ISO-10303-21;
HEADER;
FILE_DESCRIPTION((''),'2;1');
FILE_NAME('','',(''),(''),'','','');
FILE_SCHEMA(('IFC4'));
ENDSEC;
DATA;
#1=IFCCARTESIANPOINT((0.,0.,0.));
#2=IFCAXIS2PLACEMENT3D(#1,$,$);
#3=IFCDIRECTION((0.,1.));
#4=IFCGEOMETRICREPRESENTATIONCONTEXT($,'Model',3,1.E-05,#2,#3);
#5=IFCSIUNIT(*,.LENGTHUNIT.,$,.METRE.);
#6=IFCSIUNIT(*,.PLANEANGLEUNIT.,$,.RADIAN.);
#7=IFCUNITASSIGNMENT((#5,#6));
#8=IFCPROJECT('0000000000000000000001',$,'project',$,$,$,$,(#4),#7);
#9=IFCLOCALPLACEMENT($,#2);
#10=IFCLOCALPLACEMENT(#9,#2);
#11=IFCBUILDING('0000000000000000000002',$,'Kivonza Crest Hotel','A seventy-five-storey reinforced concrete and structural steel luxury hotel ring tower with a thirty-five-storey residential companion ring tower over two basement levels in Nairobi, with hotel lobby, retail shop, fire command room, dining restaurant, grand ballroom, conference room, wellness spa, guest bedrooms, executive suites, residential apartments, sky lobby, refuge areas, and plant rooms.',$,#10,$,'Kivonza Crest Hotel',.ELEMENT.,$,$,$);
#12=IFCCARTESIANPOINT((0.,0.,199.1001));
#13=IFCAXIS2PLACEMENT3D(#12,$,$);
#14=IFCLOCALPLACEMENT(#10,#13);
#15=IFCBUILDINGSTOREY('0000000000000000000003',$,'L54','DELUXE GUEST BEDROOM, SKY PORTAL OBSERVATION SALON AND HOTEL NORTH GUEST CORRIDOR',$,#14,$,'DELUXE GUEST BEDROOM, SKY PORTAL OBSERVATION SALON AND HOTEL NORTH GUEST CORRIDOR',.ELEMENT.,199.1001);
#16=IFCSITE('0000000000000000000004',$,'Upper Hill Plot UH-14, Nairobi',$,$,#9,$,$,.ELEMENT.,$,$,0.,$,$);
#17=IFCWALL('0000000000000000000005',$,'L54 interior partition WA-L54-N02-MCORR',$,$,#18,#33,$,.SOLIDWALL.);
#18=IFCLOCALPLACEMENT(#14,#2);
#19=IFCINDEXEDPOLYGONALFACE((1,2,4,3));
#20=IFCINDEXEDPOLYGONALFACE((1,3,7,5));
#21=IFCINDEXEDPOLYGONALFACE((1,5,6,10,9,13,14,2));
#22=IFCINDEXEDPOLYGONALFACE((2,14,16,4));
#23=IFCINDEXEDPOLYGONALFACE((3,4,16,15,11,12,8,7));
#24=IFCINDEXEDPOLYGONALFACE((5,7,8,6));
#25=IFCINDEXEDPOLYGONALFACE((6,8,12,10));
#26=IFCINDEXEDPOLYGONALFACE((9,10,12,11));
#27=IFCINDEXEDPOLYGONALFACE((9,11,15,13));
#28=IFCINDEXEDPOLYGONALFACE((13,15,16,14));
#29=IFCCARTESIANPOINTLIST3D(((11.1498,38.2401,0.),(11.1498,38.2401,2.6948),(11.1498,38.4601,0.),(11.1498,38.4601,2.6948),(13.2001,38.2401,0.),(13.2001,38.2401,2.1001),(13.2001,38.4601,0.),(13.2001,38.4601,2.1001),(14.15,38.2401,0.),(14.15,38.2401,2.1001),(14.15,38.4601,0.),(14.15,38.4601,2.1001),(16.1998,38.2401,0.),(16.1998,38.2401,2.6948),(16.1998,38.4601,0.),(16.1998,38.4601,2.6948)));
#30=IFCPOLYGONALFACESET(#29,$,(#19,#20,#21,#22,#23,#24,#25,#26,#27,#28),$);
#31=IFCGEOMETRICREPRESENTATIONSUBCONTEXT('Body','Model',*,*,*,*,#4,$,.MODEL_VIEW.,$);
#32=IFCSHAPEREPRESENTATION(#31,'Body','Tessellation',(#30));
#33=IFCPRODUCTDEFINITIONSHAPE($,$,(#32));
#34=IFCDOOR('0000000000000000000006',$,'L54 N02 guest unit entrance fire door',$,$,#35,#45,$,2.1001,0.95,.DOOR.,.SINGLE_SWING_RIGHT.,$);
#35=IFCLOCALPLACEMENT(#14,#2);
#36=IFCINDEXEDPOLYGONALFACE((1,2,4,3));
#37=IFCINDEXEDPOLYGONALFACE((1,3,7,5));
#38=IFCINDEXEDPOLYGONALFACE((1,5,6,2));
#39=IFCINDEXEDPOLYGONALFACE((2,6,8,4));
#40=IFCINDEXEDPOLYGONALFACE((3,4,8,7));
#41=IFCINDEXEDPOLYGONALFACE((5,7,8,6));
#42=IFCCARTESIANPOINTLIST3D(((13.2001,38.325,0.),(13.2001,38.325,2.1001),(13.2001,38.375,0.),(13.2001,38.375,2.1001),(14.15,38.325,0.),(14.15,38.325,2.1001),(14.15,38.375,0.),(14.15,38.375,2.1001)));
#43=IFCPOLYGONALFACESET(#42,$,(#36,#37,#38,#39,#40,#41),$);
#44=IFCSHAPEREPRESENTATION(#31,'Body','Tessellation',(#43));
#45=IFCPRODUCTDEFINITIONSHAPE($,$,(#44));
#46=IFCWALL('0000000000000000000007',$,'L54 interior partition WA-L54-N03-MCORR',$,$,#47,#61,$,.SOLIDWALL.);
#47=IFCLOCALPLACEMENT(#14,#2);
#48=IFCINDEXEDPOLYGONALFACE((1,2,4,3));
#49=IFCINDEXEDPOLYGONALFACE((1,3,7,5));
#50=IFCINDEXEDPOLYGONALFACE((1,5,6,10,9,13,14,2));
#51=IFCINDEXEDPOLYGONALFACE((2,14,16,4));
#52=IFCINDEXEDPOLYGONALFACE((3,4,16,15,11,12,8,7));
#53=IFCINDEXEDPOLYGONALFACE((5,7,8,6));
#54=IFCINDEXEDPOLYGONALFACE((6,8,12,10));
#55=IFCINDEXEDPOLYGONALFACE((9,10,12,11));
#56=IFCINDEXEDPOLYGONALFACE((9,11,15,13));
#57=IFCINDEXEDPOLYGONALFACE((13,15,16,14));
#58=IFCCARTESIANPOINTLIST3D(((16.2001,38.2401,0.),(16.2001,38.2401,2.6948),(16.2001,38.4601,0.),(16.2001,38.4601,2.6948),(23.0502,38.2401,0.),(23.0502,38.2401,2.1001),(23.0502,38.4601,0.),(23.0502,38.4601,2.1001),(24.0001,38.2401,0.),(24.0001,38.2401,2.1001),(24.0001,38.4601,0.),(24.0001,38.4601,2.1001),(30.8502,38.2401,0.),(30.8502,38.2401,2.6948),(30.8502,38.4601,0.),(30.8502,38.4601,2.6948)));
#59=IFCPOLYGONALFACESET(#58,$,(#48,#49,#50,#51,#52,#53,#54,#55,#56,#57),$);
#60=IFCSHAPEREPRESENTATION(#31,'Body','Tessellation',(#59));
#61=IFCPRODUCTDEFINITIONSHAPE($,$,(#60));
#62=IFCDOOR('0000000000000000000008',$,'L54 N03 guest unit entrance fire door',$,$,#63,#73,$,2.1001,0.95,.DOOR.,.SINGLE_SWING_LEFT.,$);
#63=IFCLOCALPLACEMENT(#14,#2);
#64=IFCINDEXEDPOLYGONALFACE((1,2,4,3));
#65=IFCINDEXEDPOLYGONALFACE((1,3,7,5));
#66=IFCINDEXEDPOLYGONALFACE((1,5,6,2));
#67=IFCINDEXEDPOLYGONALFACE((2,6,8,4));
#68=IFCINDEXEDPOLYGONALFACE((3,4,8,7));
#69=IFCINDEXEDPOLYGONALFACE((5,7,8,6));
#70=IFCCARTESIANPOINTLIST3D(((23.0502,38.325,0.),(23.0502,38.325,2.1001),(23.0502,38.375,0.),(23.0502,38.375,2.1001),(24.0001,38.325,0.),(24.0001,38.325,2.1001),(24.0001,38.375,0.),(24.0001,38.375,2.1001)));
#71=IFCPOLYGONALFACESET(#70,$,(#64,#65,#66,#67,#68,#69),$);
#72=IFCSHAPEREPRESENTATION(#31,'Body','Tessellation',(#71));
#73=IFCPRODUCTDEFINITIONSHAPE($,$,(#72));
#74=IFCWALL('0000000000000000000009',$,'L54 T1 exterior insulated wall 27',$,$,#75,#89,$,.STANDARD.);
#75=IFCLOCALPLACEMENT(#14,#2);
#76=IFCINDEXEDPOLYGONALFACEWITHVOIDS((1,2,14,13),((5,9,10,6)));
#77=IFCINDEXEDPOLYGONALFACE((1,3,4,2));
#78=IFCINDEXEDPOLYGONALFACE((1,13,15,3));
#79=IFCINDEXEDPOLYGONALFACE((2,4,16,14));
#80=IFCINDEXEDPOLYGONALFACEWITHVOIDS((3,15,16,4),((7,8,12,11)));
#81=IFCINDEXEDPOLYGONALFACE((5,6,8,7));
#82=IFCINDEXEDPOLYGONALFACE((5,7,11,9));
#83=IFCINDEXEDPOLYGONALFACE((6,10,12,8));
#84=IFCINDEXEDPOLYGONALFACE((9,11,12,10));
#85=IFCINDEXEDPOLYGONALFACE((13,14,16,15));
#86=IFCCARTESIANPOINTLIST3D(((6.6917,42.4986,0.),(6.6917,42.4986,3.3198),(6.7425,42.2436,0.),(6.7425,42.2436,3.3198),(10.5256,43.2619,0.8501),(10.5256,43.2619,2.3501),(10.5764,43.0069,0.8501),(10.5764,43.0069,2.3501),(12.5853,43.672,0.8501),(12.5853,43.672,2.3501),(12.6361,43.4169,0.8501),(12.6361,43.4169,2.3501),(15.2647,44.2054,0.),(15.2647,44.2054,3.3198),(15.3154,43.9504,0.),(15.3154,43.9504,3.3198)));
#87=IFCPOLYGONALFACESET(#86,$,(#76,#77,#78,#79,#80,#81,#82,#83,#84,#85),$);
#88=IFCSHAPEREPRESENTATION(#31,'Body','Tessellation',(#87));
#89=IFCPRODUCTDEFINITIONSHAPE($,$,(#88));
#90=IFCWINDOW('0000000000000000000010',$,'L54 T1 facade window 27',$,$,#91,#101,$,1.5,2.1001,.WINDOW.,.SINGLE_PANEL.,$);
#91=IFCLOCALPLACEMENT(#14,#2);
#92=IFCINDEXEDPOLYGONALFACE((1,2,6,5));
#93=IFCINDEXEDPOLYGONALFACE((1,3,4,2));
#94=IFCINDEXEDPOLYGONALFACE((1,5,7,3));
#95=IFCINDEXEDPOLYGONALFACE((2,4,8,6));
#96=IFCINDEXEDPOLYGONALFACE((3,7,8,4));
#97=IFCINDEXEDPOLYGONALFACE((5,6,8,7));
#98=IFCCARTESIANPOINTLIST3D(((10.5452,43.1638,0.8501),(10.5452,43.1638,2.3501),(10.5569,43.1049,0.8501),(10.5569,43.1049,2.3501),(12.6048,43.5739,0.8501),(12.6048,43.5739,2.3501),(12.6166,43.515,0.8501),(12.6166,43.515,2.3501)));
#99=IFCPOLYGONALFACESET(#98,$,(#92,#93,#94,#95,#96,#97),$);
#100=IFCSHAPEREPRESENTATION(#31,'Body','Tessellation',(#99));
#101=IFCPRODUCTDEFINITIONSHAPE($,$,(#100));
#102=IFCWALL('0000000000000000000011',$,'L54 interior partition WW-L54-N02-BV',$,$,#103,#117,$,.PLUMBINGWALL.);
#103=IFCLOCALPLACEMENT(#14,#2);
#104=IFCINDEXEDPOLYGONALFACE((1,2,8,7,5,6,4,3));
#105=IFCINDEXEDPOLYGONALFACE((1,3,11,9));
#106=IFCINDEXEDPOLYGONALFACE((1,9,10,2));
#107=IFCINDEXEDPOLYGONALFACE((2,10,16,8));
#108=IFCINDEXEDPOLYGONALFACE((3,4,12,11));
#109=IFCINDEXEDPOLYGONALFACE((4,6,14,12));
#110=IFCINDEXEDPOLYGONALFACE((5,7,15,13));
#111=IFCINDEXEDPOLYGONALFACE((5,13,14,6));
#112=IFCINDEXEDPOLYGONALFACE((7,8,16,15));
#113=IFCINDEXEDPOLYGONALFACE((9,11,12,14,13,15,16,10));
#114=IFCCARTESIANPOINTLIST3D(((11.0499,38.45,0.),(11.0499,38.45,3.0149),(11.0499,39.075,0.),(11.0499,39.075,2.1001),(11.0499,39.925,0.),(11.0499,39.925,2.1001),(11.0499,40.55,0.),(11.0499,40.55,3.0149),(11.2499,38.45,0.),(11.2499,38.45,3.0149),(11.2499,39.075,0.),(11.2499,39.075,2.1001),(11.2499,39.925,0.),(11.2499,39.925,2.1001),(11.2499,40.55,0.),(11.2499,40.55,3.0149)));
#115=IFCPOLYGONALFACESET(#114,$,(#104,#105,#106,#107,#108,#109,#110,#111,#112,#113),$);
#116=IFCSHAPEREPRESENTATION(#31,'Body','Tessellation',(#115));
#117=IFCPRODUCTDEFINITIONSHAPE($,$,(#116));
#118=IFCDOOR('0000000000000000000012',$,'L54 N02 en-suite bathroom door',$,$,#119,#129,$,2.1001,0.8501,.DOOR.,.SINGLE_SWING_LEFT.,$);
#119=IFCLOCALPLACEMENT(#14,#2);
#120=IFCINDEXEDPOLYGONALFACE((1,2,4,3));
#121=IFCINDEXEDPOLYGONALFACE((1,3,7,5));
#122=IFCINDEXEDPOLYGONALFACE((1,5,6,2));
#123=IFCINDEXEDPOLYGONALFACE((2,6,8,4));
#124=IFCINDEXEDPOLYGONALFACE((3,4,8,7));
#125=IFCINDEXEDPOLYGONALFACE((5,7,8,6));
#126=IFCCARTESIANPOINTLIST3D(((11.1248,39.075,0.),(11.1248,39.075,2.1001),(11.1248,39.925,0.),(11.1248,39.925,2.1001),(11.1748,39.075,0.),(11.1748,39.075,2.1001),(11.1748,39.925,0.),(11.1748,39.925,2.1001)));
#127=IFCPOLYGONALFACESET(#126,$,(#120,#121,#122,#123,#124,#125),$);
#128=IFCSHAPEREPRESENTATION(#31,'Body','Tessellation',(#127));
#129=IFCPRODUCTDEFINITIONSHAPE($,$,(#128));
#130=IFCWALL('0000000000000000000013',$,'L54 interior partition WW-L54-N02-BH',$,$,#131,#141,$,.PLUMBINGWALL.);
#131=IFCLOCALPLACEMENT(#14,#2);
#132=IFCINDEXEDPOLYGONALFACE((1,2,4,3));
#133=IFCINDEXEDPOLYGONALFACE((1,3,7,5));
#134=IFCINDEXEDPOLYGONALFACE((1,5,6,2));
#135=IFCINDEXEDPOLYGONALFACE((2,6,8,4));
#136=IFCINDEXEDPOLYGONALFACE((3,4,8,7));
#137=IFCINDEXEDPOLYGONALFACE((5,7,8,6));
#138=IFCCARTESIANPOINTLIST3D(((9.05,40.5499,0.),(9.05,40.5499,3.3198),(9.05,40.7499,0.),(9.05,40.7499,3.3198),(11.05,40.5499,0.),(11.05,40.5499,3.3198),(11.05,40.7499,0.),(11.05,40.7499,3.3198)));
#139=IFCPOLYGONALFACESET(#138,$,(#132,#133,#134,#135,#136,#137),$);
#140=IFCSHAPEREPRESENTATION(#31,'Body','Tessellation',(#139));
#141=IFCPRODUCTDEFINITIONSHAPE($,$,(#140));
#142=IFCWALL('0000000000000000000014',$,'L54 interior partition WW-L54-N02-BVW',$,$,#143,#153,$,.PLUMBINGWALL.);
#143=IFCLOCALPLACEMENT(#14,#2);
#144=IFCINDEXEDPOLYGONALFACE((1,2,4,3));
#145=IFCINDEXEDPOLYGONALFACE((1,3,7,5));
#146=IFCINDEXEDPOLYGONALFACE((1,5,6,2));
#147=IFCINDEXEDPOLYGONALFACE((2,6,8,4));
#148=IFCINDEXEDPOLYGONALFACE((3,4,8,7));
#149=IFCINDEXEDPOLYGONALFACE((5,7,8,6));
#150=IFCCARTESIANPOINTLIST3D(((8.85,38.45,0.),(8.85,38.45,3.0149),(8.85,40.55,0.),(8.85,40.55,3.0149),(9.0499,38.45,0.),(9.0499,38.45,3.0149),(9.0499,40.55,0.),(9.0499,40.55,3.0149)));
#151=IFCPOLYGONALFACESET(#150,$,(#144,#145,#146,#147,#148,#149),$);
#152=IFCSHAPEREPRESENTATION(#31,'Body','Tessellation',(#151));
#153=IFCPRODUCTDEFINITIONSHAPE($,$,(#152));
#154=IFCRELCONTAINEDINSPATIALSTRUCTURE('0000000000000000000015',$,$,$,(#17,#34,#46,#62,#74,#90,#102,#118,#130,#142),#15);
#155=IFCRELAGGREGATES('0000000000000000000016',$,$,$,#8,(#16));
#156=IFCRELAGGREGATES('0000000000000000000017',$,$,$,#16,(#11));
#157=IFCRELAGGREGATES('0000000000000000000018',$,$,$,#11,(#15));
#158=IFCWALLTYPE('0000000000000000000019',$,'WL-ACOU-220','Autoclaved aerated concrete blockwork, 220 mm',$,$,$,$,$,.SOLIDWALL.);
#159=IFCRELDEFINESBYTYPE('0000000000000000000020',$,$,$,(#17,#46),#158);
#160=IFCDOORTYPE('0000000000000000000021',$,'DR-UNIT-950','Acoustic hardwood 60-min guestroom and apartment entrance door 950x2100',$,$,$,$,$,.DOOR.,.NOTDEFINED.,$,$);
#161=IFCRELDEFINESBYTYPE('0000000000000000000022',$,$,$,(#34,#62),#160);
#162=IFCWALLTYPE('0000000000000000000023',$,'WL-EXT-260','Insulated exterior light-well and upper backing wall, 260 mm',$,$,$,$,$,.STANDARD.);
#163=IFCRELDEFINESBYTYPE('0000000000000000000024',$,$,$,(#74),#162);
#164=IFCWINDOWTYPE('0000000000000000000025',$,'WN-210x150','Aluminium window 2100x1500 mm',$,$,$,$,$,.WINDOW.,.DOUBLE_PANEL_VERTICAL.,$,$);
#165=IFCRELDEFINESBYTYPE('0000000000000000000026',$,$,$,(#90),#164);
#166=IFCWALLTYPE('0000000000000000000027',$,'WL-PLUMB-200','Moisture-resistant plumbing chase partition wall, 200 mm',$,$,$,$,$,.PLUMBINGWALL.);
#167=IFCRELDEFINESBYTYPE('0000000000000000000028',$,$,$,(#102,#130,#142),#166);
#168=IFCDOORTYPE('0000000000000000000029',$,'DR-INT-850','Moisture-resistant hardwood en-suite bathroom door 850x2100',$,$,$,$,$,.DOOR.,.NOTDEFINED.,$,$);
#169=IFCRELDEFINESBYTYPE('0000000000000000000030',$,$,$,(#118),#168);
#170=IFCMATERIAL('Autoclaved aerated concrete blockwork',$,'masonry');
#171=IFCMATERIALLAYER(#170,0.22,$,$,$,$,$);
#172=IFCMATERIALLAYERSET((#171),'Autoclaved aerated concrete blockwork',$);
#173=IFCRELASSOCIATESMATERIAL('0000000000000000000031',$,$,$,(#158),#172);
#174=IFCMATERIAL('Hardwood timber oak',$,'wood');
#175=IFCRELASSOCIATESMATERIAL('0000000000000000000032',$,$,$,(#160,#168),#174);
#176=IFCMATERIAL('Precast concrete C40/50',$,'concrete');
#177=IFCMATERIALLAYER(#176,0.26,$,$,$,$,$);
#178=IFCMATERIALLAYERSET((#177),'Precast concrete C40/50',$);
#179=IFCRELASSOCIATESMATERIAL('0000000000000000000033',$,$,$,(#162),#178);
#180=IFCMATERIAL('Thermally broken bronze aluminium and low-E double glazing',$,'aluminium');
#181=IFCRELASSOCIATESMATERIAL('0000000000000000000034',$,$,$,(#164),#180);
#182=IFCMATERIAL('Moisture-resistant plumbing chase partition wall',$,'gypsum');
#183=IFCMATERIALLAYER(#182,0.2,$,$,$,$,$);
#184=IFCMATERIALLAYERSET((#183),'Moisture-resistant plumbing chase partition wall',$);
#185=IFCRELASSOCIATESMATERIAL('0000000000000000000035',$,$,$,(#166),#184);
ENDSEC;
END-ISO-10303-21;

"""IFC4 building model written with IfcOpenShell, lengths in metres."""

from ifc_helpers import new_model, si_unit, direction, frame, frame_2d, origin, place, context, subcontext, project, spatial, rectangle, extrude, material, layer, layer_set, type_object, element, fill, save


model = new_model("IFC4")

# Units and contexts
model_context = context("Model", 3, precision=1e-05, world=origin(), true_north=direction((0.0, 1.0)))
body_context = subcontext(model_context, "Body", "Model", "MODEL_VIEW")
ifc_project = project(units=[si_unit("LENGTHUNIT", "METRE"), si_unit("PLANEANGLEUNIT", "RADIAN")], contexts=[model_context])

# Site, building, storey
site_placement = place(None, origin())
site = spatial("IfcSite", under=ifc_project, at=site_placement, Name="Upper Hill Plot UH-14, Nairobi", CompositionType="ELEMENT", RefElevation=0.0)
building_placement = place(site_placement, origin())
building = spatial("IfcBuilding", under=site, at=building_placement, Name="Kivonza Crest Hotel", Description="A seventy-five-storey reinforced concrete and structural steel luxury hotel ring tower with a thirty-five-storey residential companion ring tower over two basement levels in Nairobi, with hotel lobby, retail shop, fire command room, dining restaurant, grand ballroom, conference room, wellness spa, guest bedrooms, executive suites, residential apartments, sky lobby, refuge areas, and plant rooms.", LongName="Kivonza Crest Hotel", CompositionType="ELEMENT")
storey_placement = place(building_placement, frame((0.0, 0.0, 199.1001)))
storey = spatial("IfcBuildingStorey", under=building, at=storey_placement, Name="L54", Description="DELUXE GUEST BEDROOM, SKY PORTAL OBSERVATION SALON AND HOTEL NORTH GUEST CORRIDOR", LongName="DELUXE GUEST BEDROOM, SKY PORTAL OBSERVATION SALON AND HOTEL NORTH GUEST CORRIDOR", CompositionType="ELEMENT", Elevation=199.1001)

# Shared definitions
ifc_material_1 = material(Name="Autoclaved aerated concrete blockwork", Category="masonry")
ifc_layer_1 = layer(ifc_material_1, 0.22)
ifc_layer_set_1 = layer_set([ifc_layer_1], Name="Autoclaved aerated concrete blockwork")
wall_type_1 = type_object("IfcWallType", Name="WL-ACOU-220", Description="Autoclaved aerated concrete blockwork, 220 mm", PredefinedType="SOLIDWALL", material=ifc_layer_set_1)

# Walls, openings, doors
wall_1_placement = place(storey_placement, frame((11.1499, 38.3501, 0.0), z_axis=(0.0, 0.0, 1.0), x_axis=(1.0, 0.0, 0.0)))
wall_1 = element("IfcWall", 1, at=wall_1_placement, inside=storey, type_object=wall_type_1, Name="L54 interior partition WA-L54-N02-MCORR", PredefinedType="SOLIDWALL", context=body_context, shape_type="SweptSolid", body=[
    extrude(rectangle(XDim=5.05, YDim=0.22, at=frame_2d((2.5249, 0.0))), origin(), (0.0, 0.0, 1.0), 2.6948),
])
opening_1_placement = place(wall_1_placement, frame((2.05, 0.0, 0.0)))
opening_1 = element("IfcOpeningElement", 2, at=opening_1_placement, cuts=wall_1, PredefinedType="OPENING", context=body_context, shape_type="SweptSolid", body=[
    extrude(rectangle(XDim=0.95, YDim=2.1001, at=frame_2d((0.4751, 1.05))), frame((0.0, 0.1201, 0.0), z_axis=(0.0, -1.0, 0.0), x_axis=(1.0, 0.0, 0.0)), (0.0, 0.0, 1.0), 0.24),
])
ifc_material_2 = material(Name="Hardwood timber oak", Category="wood")
door_type_1 = type_object("IfcDoorType", Name="DR-UNIT-950", Description="Acoustic hardwood 60-min guestroom and apartment entrance door 950x2100", OperationType="NOTDEFINED", PredefinedType="DOOR", material=ifc_material_2)
door_1_placement = place(opening_1_placement, origin())
door_1 = element("IfcDoor", 3, at=door_1_placement, inside=storey, type_object=door_type_1, Name="L54 N02 guest unit entrance fire door", OperationType="SINGLE_SWING_RIGHT", OverallHeight=2.1001, OverallWidth=0.95, PredefinedType="DOOR", context=body_context, shape_type="SweptSolid", body=[
    extrude(rectangle(XDim=0.95, YDim=2.1001, at=frame_2d((0.4751, 1.05))), frame((0.0, 0.0249, 0.0), z_axis=(0.0, -1.0, 0.0), x_axis=(1.0, 0.0, 0.0)), (0.0, 0.0, 1.0), 0.05),
])
fill(opening_1, door_1)
wall_2_placement = place(storey_placement, frame((16.2, 38.3501, 0.0), z_axis=(0.0, 0.0, 1.0), x_axis=(1.0, 0.0, 0.0)))
wall_2 = element("IfcWall", 4, at=wall_2_placement, inside=storey, type_object=wall_type_1, Name="L54 interior partition WA-L54-N03-MCORR", PredefinedType="SOLIDWALL", context=body_context, shape_type="SweptSolid", body=[
    extrude(rectangle(XDim=14.6501, YDim=0.22, at=frame_2d((7.3252, 0.0))), origin(), (0.0, 0.0, 1.0), 2.6948),
])
opening_2_placement = place(wall_2_placement, frame((6.8501, 0.0, 0.0)))
opening_2 = element("IfcOpeningElement", 5, at=opening_2_placement, cuts=wall_2, PredefinedType="OPENING", context=body_context, shape_type="SweptSolid", body=[
    extrude(rectangle(XDim=0.95, YDim=2.1001, at=frame_2d((0.4751, 1.05))), frame((0.0, 0.1201, 0.0), z_axis=(0.0, -1.0, 0.0), x_axis=(1.0, 0.0, 0.0)), (0.0, 0.0, 1.0), 0.24),
])
door_2_placement = place(opening_2_placement, origin())
door_2 = element("IfcDoor", 6, at=door_2_placement, inside=storey, type_object=door_type_1, Name="L54 N03 guest unit entrance fire door", OperationType="SINGLE_SWING_LEFT", OverallHeight=2.1001, OverallWidth=0.95, PredefinedType="DOOR", context=body_context, shape_type="SweptSolid", body=[
    extrude(rectangle(XDim=0.95, YDim=2.1001, at=frame_2d((0.4751, 1.05))), frame((0.0, 0.0249, 0.0), z_axis=(0.0, -1.0, 0.0), x_axis=(1.0, 0.0, 0.0)), (0.0, 0.0, 1.0), 0.05),
])
fill(opening_2, door_2)

# Wall, opening, window
ifc_material_3 = material(Name="Precast concrete C40/50", Category="concrete")
ifc_layer_2 = layer(ifc_material_3, 0.26)
ifc_layer_set_2 = layer_set([ifc_layer_2], Name="Precast concrete C40/50")
wall_type_2 = type_object("IfcWallType", Name="WL-EXT-260", Description="Insulated exterior light-well and upper backing wall, 260 mm", PredefinedType="STANDARD", material=ifc_layer_set_2)
wall_3_placement = place(storey_placement, frame((15.29, 44.0779, 0.0), z_axis=(0.0, 0.0, 1.0), x_axis=(-0.980752, -0.195257, 0.0)))
wall_3 = element("IfcWall", 7, at=wall_3_placement, inside=storey, type_object=wall_type_2, Name="L54 T1 exterior insulated wall 27", PredefinedType="STANDARD", context=body_context, shape_type="SweptSolid", body=[
    extrude(rectangle(XDim=8.7412, YDim=0.26, at=frame_2d((4.3706, 0.0))), origin(), (0.0, 0.0, 1.0), 3.3198),
])
opening_3_placement = place(wall_3_placement, frame((2.7319, 0.0, 0.8501)))
opening_3 = element("IfcOpeningElement", 8, at=opening_3_placement, cuts=wall_3, PredefinedType="OPENING", context=body_context, shape_type="SweptSolid", body=[
    extrude(rectangle(XDim=2.1001, YDim=1.5, at=frame_2d((1.05, 0.75))), frame((0.0, 0.1401, 0.0), z_axis=(0.0, -1.0, 0.0), x_axis=(1.0, 0.0, 0.0)), (0.0, 0.0, 1.0), 0.28),
])
ifc_material_4 = material(Name="Thermally broken bronze aluminium and low-E double glazing", Category="aluminium")
window_type = type_object("IfcWindowType", Name="WN-210x150", Description="Aluminium window 2100x1500 mm", PartitioningType="DOUBLE_PANEL_VERTICAL", PredefinedType="WINDOW", material=ifc_material_4)
window_placement = place(opening_3_placement, origin())
window = element("IfcWindow", 9, at=window_placement, inside=storey, type_object=window_type, Name="L54 T1 facade window 27", OverallHeight=1.5, OverallWidth=2.1001, PartitioningType="SINGLE_PANEL", PredefinedType="WINDOW", context=body_context, shape_type="SweptSolid", body=[
    extrude(rectangle(XDim=2.1001, YDim=1.5, at=frame_2d((1.05, 0.75))), frame((0.0, 0.03, 0.0), z_axis=(0.0, -1.0, 0.0), x_axis=(1.0, 0.0, 0.0)), (0.0, 0.0, 1.0), 0.0601),
])
fill(opening_3, window)

# Wall, opening, door
ifc_material_5 = material(Name="Moisture-resistant plumbing chase partition wall", Category="gypsum")
ifc_layer_3 = layer(ifc_material_5, 0.2)
ifc_layer_set_3 = layer_set([ifc_layer_3], Name="Moisture-resistant plumbing chase partition wall")
wall_type_3 = type_object("IfcWallType", Name="WL-PLUMB-200", Description="Moisture-resistant plumbing chase partition wall, 200 mm", PredefinedType="PLUMBINGWALL", material=ifc_layer_set_3)
wall_4_placement = place(storey_placement, frame((11.1499, 38.45, 0.0), z_axis=(0.0, 0.0, 1.0), x_axis=(0.0, 1.0, 0.0)))
wall_4 = element("IfcWall", 10, at=wall_4_placement, inside=storey, type_object=wall_type_3, Name="L54 interior partition WW-L54-N02-BV", PredefinedType="PLUMBINGWALL", context=body_context, shape_type="SweptSolid", body=[
    extrude(rectangle(XDim=2.1001, YDim=0.2, at=frame_2d((1.05, 0.0))), origin(), (0.0, 0.0, 1.0), 3.0149),
])
opening_4_placement = place(wall_4_placement, frame((0.625, 0.0, 0.0)))
opening_4 = element("IfcOpeningElement", 11, at=opening_4_placement, cuts=wall_4, PredefinedType="OPENING", context=body_context, shape_type="SweptSolid", body=[
    extrude(rectangle(XDim=0.8501, YDim=2.1001, at=frame_2d((0.425, 1.05))), frame((0.0, 0.1099, 0.0), z_axis=(0.0, -1.0, 0.0), x_axis=(1.0, 0.0, 0.0)), (0.0, 0.0, 1.0), 0.22),
])
door_type_2 = type_object("IfcDoorType", Name="DR-INT-850", Description="Moisture-resistant hardwood en-suite bathroom door 850x2100", OperationType="NOTDEFINED", PredefinedType="DOOR", material=ifc_material_2)
door_3_placement = place(opening_4_placement, frame((0.8501, 0.0, 0.0), z_axis=(0.0, 0.0, 1.0), x_axis=(-1.0, 0.0, 0.0)))
door_3 = element("IfcDoor", 12, at=door_3_placement, inside=storey, type_object=door_type_2, Name="L54 N02 en-suite bathroom door", OperationType="SINGLE_SWING_LEFT", OverallHeight=2.1001, OverallWidth=0.8501, PredefinedType="DOOR", context=body_context, shape_type="SweptSolid", body=[
    extrude(rectangle(XDim=0.8501, YDim=2.1001, at=frame_2d((0.425, 1.05))), frame((0.0, 0.0249, 0.0), z_axis=(0.0, -1.0, 0.0), x_axis=(1.0, 0.0, 0.0)), (0.0, 0.0, 1.0), 0.05),
])
fill(opening_4, door_3)

# Walls
wall_5_placement = place(storey_placement, frame((9.05, 40.6499, 0.0), z_axis=(0.0, 0.0, 1.0), x_axis=(1.0, 0.0, 0.0)))
element("IfcWall", 13, at=wall_5_placement, inside=storey, type_object=wall_type_3, Name="L54 interior partition WW-L54-N02-BH", PredefinedType="PLUMBINGWALL", context=body_context, shape_type="SweptSolid", body=[
    extrude(rectangle(XDim=2.0, YDim=0.2, at=frame_2d((1.0, 0.0))), origin(), (0.0, 0.0, 1.0), 3.3198),
])
wall_6_placement = place(storey_placement, frame((8.95, 38.45, 0.0), z_axis=(0.0, 0.0, 1.0), x_axis=(0.0, 1.0, 0.0)))
element("IfcWall", 14, at=wall_6_placement, inside=storey, type_object=wall_type_3, Name="L54 interior partition WW-L54-N02-BVW", PredefinedType="PLUMBINGWALL", context=body_context, shape_type="SweptSolid", body=[
    extrude(rectangle(XDim=2.1001, YDim=0.2, at=frame_2d((1.05, 0.0))), origin(), (0.0, 0.0, 1.0), 3.0149),
])

save(model, "model.ifc")
